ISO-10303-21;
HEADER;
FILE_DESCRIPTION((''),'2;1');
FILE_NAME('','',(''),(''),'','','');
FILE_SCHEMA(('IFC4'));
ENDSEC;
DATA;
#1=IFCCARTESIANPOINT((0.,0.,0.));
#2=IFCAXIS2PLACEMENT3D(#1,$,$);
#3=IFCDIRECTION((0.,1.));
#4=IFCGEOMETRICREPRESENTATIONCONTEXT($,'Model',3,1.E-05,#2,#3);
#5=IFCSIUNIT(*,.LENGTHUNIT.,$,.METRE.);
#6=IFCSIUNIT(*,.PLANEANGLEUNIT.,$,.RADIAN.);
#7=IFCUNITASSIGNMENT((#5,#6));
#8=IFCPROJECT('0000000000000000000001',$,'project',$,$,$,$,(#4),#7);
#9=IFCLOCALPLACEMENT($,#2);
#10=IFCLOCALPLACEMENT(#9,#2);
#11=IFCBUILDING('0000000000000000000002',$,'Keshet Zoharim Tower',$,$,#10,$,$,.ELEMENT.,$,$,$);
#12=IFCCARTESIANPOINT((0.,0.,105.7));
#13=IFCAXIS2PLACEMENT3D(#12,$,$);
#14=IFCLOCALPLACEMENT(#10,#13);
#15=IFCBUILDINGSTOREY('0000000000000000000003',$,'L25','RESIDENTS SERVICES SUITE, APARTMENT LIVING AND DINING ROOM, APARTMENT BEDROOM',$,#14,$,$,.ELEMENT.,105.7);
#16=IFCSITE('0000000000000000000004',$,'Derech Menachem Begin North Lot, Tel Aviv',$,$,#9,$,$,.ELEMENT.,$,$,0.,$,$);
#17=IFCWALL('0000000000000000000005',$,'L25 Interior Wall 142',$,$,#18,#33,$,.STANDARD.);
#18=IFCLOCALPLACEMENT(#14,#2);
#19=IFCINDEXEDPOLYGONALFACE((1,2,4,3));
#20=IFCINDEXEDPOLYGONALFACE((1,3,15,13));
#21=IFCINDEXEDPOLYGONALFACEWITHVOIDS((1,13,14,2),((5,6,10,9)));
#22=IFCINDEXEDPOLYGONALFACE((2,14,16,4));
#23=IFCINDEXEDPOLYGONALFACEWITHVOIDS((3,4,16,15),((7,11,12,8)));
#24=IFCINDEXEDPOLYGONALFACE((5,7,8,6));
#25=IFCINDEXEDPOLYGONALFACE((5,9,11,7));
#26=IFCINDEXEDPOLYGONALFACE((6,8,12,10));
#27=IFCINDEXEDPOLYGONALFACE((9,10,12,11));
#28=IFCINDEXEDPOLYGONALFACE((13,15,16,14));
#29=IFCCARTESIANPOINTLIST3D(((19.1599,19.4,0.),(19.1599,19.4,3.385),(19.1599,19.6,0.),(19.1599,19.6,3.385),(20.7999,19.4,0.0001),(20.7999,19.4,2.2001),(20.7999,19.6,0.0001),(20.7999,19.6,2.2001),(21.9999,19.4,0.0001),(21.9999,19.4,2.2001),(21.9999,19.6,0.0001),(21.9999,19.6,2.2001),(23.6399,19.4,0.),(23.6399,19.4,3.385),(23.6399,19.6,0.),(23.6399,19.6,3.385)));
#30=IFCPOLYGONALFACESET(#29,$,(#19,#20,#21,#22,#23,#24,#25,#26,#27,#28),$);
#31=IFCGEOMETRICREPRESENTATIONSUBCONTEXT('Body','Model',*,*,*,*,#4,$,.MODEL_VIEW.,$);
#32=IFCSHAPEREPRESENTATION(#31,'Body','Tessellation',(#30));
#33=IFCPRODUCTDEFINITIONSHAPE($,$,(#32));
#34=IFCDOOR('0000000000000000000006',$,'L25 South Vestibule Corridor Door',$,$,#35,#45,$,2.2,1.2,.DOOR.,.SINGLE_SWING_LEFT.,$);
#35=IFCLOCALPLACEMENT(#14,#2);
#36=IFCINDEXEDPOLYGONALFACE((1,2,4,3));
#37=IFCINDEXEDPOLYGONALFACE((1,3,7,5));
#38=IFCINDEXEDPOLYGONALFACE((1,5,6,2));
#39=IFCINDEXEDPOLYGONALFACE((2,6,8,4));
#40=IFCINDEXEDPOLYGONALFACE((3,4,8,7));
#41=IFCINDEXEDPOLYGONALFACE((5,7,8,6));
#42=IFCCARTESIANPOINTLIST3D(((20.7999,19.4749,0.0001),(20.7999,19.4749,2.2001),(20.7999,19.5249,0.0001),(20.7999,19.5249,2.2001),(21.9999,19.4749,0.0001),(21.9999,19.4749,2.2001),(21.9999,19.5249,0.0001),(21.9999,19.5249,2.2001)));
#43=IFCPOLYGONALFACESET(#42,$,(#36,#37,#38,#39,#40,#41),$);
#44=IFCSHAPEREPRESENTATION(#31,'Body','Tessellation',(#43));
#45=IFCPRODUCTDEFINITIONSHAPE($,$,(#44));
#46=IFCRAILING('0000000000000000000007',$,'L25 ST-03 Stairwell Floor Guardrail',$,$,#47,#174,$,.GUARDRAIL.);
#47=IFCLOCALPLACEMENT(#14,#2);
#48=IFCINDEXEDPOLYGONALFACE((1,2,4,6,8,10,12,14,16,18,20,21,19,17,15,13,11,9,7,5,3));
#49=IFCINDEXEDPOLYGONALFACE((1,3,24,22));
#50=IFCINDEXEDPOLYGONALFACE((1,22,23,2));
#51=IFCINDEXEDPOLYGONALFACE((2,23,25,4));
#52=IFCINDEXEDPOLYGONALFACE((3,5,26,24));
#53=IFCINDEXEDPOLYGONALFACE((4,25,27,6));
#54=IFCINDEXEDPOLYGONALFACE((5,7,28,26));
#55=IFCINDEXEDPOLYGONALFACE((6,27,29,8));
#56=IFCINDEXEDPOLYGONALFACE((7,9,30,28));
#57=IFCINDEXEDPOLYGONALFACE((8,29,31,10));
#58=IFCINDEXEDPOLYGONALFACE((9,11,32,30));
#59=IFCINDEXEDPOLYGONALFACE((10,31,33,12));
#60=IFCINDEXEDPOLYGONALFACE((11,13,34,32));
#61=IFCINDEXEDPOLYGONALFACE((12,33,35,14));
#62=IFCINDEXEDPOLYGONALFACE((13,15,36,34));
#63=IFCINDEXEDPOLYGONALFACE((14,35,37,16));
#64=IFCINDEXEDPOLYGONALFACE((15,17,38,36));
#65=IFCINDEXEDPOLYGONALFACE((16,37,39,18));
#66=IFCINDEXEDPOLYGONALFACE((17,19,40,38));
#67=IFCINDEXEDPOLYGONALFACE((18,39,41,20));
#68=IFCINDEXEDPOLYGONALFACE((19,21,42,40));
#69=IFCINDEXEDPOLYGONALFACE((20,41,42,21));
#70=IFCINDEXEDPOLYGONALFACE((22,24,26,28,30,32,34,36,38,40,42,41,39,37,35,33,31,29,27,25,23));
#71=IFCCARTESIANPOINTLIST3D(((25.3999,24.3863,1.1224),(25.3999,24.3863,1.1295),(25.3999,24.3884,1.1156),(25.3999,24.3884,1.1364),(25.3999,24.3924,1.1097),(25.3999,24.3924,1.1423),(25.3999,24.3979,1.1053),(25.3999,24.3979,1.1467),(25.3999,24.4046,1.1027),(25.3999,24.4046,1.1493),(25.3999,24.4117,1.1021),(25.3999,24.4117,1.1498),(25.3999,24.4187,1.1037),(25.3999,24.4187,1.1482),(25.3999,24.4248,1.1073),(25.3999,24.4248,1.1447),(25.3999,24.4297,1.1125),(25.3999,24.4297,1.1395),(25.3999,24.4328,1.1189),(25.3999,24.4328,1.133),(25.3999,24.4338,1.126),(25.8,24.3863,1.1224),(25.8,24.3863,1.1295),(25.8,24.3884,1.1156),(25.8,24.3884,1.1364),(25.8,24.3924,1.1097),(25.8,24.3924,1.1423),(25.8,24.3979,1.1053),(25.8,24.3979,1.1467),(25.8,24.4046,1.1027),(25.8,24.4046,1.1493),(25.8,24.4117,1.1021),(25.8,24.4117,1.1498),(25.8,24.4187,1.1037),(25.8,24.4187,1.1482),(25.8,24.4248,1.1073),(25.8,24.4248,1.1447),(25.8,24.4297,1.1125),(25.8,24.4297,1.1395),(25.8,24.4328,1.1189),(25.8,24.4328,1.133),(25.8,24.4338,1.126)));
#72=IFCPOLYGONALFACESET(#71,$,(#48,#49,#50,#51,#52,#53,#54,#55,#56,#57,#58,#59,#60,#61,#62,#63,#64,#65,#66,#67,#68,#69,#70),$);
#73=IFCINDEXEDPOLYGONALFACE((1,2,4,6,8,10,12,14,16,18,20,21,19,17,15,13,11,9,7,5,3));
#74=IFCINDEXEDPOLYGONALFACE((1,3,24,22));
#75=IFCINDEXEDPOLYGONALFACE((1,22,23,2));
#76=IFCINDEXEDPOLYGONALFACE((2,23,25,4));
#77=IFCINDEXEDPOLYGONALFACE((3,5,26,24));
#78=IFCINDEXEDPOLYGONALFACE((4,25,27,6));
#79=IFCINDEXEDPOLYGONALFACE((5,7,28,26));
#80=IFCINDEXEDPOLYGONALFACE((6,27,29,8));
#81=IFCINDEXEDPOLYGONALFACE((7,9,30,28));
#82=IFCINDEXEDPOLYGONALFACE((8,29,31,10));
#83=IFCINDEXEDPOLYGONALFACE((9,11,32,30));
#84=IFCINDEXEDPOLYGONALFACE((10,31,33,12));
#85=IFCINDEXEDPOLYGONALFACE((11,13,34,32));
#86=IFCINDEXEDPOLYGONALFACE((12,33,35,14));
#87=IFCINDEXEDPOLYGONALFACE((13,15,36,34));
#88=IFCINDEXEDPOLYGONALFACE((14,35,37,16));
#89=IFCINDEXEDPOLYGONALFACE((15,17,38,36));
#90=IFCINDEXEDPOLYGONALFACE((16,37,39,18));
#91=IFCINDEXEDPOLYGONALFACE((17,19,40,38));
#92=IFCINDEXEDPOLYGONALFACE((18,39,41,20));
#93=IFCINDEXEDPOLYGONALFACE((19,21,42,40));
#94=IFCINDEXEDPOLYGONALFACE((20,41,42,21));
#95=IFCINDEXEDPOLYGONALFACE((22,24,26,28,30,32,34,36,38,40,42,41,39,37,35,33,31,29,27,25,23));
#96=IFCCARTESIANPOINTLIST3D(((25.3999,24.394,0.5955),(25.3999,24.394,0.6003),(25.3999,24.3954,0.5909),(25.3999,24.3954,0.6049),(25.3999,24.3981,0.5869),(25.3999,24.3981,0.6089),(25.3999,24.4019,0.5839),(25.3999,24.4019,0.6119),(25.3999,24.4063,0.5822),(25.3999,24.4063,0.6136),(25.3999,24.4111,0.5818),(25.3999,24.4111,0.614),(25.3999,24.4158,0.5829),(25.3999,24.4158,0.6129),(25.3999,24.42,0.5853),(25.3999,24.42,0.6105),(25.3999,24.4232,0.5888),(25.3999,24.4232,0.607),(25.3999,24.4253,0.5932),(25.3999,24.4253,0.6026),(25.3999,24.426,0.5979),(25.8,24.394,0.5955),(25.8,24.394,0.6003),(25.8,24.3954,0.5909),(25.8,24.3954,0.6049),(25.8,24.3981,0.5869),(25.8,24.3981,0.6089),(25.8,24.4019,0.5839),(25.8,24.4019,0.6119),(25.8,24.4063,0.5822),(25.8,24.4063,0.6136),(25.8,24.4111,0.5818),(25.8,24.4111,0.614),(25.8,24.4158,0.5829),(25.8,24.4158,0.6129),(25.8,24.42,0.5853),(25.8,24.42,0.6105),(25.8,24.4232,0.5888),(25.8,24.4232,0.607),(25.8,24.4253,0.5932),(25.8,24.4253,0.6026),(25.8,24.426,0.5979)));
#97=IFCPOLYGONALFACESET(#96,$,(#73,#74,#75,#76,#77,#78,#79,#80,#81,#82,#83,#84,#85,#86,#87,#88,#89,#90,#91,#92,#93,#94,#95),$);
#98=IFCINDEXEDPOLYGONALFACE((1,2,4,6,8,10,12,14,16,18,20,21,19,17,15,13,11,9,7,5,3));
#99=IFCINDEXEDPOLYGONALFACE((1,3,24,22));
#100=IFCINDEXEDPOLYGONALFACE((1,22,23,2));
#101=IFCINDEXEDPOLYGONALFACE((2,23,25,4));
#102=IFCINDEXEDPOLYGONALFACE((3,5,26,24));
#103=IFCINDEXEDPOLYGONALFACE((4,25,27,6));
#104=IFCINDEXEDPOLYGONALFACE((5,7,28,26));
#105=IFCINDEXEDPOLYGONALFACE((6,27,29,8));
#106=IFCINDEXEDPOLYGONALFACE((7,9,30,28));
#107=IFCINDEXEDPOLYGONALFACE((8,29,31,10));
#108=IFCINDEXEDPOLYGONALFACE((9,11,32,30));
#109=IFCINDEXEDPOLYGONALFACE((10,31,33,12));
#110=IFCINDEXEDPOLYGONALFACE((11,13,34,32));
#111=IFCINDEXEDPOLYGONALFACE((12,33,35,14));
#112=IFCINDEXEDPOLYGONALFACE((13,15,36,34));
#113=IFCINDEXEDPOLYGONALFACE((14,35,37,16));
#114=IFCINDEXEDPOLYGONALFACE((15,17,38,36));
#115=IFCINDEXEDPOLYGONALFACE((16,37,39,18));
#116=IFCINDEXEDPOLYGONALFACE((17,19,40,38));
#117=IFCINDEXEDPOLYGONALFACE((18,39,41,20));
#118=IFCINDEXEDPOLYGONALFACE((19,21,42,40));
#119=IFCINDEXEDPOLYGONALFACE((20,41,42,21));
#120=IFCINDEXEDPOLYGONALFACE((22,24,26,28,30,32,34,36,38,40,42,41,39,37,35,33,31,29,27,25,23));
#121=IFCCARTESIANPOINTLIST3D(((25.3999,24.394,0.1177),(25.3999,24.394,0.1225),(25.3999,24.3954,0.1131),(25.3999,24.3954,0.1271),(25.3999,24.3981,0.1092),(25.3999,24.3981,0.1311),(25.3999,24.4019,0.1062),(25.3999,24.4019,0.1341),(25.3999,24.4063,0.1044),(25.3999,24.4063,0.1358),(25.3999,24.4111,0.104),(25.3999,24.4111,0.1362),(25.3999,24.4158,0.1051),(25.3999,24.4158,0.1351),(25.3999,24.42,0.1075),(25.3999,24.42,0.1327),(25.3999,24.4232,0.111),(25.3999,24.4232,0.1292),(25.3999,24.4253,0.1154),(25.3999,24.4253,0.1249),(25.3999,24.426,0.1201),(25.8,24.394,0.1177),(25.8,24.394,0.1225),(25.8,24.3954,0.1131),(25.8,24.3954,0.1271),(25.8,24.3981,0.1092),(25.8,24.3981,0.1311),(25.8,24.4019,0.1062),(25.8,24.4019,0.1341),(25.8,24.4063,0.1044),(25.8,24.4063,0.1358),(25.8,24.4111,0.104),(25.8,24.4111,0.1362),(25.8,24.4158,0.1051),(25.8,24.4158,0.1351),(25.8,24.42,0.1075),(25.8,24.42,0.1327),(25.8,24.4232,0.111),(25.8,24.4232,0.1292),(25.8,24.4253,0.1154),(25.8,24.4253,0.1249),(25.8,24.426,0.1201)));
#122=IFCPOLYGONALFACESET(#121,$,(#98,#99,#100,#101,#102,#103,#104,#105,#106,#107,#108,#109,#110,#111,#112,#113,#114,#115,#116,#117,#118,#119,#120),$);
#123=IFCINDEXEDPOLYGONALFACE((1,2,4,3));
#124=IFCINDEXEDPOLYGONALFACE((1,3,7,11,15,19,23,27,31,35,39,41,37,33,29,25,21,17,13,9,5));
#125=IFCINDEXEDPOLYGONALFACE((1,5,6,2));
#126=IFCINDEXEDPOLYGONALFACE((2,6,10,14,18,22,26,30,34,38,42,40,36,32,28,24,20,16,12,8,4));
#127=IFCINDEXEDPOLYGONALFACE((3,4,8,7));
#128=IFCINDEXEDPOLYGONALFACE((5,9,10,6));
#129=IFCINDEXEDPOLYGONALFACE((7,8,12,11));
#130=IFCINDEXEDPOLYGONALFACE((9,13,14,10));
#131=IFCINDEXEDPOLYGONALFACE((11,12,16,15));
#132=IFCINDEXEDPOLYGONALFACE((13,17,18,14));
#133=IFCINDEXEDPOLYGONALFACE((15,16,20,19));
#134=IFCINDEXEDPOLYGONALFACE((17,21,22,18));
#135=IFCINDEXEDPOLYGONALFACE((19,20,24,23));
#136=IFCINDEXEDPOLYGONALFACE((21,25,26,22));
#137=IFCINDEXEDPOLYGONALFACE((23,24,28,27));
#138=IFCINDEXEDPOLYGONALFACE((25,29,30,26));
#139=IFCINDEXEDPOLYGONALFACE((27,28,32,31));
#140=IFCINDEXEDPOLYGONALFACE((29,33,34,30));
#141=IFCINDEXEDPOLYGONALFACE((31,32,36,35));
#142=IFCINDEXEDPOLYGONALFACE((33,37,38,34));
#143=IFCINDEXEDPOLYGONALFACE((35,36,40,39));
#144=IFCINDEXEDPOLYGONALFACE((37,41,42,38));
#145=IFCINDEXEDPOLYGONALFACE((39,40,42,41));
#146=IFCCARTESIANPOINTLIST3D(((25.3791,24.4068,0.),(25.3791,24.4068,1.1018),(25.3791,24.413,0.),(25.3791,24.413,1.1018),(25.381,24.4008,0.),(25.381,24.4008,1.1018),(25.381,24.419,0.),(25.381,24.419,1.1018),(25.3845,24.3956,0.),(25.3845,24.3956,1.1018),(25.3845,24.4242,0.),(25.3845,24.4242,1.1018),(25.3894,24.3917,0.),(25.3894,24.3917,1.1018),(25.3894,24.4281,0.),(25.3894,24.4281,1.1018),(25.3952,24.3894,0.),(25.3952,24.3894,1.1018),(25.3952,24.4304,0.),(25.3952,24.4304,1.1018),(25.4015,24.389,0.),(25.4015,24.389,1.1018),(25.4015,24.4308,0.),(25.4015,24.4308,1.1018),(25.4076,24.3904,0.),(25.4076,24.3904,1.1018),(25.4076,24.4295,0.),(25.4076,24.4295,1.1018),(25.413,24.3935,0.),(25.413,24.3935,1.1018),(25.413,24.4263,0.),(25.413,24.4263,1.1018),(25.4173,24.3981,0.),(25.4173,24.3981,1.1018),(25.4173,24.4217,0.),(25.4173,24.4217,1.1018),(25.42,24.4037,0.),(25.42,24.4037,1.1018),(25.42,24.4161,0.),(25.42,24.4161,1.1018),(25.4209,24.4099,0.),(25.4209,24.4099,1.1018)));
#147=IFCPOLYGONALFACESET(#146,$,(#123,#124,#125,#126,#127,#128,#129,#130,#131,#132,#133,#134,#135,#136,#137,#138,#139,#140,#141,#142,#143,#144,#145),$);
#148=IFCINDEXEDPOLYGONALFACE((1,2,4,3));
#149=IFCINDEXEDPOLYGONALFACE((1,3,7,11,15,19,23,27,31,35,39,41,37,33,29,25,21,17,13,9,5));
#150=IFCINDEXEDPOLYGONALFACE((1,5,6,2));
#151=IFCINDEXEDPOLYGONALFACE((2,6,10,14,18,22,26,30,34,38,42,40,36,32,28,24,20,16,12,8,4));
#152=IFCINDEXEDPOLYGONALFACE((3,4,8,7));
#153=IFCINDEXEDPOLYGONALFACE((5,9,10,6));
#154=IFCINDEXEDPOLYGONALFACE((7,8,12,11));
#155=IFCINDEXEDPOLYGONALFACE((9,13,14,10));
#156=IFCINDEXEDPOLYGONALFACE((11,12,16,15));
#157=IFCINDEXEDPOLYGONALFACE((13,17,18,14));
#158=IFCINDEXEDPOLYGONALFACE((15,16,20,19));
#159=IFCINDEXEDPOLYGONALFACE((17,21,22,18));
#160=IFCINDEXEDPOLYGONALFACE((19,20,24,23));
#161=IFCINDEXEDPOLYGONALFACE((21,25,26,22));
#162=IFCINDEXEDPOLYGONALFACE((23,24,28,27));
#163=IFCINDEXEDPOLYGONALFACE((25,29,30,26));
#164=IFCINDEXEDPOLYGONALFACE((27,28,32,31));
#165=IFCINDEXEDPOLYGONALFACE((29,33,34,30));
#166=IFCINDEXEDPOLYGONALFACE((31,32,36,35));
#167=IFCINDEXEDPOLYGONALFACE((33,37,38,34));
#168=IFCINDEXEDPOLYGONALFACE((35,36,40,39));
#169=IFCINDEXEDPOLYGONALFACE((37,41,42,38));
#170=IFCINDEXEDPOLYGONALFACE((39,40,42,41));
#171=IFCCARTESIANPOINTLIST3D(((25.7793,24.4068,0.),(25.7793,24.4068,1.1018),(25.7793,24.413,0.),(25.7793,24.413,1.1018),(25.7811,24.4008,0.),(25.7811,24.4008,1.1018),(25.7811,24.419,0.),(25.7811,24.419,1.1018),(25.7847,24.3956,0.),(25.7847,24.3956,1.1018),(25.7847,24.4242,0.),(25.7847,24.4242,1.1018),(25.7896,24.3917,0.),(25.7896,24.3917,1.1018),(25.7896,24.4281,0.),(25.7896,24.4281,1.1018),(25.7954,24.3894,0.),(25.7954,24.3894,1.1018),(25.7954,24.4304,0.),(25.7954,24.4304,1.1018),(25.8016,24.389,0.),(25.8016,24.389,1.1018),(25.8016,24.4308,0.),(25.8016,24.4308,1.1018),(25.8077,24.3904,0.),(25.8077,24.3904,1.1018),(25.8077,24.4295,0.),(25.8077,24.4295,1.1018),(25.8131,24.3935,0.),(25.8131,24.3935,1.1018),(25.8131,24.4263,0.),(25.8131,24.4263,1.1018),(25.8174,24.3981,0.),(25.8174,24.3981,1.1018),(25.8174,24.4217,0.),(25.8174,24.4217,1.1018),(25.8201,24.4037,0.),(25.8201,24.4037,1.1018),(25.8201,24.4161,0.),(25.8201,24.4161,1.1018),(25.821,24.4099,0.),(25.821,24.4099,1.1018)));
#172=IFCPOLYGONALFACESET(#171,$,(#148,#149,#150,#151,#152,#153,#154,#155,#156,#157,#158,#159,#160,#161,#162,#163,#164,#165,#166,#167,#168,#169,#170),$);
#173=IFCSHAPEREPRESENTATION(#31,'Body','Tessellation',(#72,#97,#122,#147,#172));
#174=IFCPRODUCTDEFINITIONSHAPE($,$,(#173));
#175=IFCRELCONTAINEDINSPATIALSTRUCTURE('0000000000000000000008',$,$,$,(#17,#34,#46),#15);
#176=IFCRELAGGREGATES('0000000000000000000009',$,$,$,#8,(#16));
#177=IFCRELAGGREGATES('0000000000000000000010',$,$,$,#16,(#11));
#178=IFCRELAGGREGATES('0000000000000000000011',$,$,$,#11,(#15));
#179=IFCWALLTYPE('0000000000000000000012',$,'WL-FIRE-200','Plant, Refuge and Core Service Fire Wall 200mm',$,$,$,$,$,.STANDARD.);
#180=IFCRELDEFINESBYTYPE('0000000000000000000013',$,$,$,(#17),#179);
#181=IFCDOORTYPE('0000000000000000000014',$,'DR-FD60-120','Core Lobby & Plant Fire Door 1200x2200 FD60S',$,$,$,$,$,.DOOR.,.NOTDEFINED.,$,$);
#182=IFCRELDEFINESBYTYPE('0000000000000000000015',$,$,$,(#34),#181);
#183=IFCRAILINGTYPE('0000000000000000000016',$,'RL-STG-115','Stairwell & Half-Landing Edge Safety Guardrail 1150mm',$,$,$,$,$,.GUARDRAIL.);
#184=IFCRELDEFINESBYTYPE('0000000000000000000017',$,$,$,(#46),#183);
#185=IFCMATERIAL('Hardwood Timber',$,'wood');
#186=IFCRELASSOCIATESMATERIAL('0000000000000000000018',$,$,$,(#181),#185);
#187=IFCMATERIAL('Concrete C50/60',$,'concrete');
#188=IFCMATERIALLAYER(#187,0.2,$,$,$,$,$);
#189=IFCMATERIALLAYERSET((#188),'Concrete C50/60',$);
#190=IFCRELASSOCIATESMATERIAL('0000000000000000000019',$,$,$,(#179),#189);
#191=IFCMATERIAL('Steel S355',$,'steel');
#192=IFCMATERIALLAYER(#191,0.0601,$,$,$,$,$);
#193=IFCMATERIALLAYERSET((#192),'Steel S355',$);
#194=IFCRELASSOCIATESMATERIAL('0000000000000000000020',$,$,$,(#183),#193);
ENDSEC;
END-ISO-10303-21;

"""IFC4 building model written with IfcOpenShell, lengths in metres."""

from ifc_helpers import new_model, si_unit, direction, frame, frame_2d, origin, origin_2d, place, context, subcontext, project, spatial, rectangle, circle, extrude, material, layer, layer_set, type_object, element, fill, save


model = new_model("IFC4")

# Units and contexts
model_context = context("Model", 3, precision=1e-05, world=origin(), true_north=direction((0.0, 1.0)))
body_context = subcontext(model_context, "Body", "Model", "MODEL_VIEW")
ifc_project = project(units=[si_unit("LENGTHUNIT", "METRE"), si_unit("PLANEANGLEUNIT", "RADIAN")], contexts=[model_context])

# Site, building, storey
site_placement = place(None, origin())
site = spatial("IfcSite", under=ifc_project, at=site_placement, Name="Derech Menachem Begin North Lot, Tel Aviv", CompositionType="ELEMENT", RefElevation=0.0)
building_placement = place(site_placement, origin())
building = spatial("IfcBuilding", under=site, at=building_placement, Name="Keshet Zoharim Tower", CompositionType="ELEMENT")
storey_placement = place(building_placement, frame((0.0, 0.0, 105.7)))
storey = spatial("IfcBuildingStorey", under=building, at=storey_placement, Name="L25", Description="RESIDENTS SERVICES SUITE, APARTMENT LIVING AND DINING ROOM, APARTMENT BEDROOM", CompositionType="ELEMENT", Elevation=105.7)

# Shared definitions
ifc_material_1 = material(Name="Steel S355", Category="steel")

# Shared definitions
ifc_material_2 = material(Name="Hardwood Timber", Category="wood")

# Shared definitions
door_type_1 = type_object("IfcDoorType", Name="DR-FD60-120", Description="Core Lobby & Plant Fire Door 1200x2200 FD60S", OperationType="NOTDEFINED", PredefinedType="DOOR", material=ifc_material_2)

# Shared definitions
ifc_material_3 = material(Name="Concrete C50/60", Category="concrete")
ifc_layer_1 = layer(ifc_material_3, 0.2)
ifc_layer_set_1 = layer_set([ifc_layer_1], Name="Concrete C50/60")
wall_type_1 = type_object("IfcWallType", Name="WL-FIRE-200", Description="Plant, Refuge and Core Service Fire Wall 200mm", PredefinedType="STANDARD", material=ifc_layer_set_1)

# Wall, opening, door
wall_1_placement = place(storey_placement, frame((19.1599, 19.5, 0.0), z_axis=(0.0, 0.0, 1.0), x_axis=(1.0, 0.0, 0.0)))
wall_1 = element("IfcWall", 1, at=wall_1_placement, inside=storey, type_object=wall_type_1, Name="L25 Interior Wall 142", PredefinedType="STANDARD", context=body_context, shape_type="SweptSolid", body=[
    extrude(rectangle(XDim=4.48, YDim=0.2, at=frame_2d((2.24, 0.0))), origin(), (0.0, 0.0, 1.0), 3.385),
])
opening_1_placement = place(wall_1_placement, frame((1.6399, 0.0, 0.0)))
opening_1 = element("IfcOpeningElement", 2, at=opening_1_placement, cuts=wall_1, PredefinedType="OPENING", context=body_context, shape_type="SweptSolid", body=[
    extrude(rectangle(XDim=1.2, YDim=2.2, at=frame_2d((0.6001, 1.1001))), frame((0.0, 0.1099, 0.0), z_axis=(0.0, -1.0, 0.0), x_axis=(1.0, 0.0, 0.0)), (0.0, 0.0, 1.0), 0.22),
])
door_1_placement = place(opening_1_placement, origin())
door_1 = element("IfcDoor", 3, at=door_1_placement, inside=storey, type_object=door_type_1, Name="L25 South Vestibule Corridor Door", OperationType="SINGLE_SWING_LEFT", OverallHeight=2.2, OverallWidth=1.2, PredefinedType="DOOR", context=body_context, shape_type="SweptSolid", body=[
    extrude(rectangle(XDim=1.2, YDim=2.2, at=frame_2d((0.6001, 1.1001))), frame((0.0, 0.0249, 0.0), z_axis=(0.0, -1.0, 0.0), x_axis=(1.0, 0.0, 0.0)), (0.0, 0.0, 1.0), 0.05),
])
fill(opening_1, door_1)

# Railing
ifc_layer_2 = layer(ifc_material_1, 0.0601)
ifc_layer_set_2 = layer_set([ifc_layer_2], Name="Steel S355")
railing_type = type_object("IfcRailingType", Name="RL-STG-115", Description="Stairwell & Half-Landing Edge Safety Guardrail 1150mm", PredefinedType="GUARDRAIL", material=ifc_layer_set_2)
railing_placement = place(storey_placement, frame((25.3999, 24.4099, 0.0)))
element("IfcRailing", 4, at=railing_placement, inside=storey, type_object=railing_type, Name="L25 ST-03 Stairwell Floor Guardrail", PredefinedType="GUARDRAIL", context=body_context, shape_type="SweptSolid", body=[
    extrude(circle(Radius=0.0239, at=origin_2d()), frame((0.0, 0.0, 1.126), z_axis=(1.0, 0.0, 0.0), x_axis=(0.0, 1.0, 0.0)), (0.0, 0.0, 1.0), 0.4001),
    extrude(circle(Radius=0.0161, at=origin_2d()), frame((0.0, 0.0, 0.5979), z_axis=(1.0, 0.0, 0.0), x_axis=(0.0, 1.0, 0.0)), (0.0, 0.0, 1.0), 0.4001),
    extrude(circle(Radius=0.0161, at=origin_2d()), frame((0.0, 0.0, 0.1201), z_axis=(1.0, 0.0, 0.0), x_axis=(0.0, 1.0, 0.0)), (0.0, 0.0, 1.0), 0.4001),
    extrude(circle(Radius=0.021, at=origin_2d()), origin(), (0.0, 0.0, 1.0), 1.1018),
    extrude(circle(Radius=0.021, at=origin_2d()), frame((0.4001, 0.0, 0.0)), (0.0, 0.0, 1.0), 1.1018),
])

save(model, "model.ifc")
